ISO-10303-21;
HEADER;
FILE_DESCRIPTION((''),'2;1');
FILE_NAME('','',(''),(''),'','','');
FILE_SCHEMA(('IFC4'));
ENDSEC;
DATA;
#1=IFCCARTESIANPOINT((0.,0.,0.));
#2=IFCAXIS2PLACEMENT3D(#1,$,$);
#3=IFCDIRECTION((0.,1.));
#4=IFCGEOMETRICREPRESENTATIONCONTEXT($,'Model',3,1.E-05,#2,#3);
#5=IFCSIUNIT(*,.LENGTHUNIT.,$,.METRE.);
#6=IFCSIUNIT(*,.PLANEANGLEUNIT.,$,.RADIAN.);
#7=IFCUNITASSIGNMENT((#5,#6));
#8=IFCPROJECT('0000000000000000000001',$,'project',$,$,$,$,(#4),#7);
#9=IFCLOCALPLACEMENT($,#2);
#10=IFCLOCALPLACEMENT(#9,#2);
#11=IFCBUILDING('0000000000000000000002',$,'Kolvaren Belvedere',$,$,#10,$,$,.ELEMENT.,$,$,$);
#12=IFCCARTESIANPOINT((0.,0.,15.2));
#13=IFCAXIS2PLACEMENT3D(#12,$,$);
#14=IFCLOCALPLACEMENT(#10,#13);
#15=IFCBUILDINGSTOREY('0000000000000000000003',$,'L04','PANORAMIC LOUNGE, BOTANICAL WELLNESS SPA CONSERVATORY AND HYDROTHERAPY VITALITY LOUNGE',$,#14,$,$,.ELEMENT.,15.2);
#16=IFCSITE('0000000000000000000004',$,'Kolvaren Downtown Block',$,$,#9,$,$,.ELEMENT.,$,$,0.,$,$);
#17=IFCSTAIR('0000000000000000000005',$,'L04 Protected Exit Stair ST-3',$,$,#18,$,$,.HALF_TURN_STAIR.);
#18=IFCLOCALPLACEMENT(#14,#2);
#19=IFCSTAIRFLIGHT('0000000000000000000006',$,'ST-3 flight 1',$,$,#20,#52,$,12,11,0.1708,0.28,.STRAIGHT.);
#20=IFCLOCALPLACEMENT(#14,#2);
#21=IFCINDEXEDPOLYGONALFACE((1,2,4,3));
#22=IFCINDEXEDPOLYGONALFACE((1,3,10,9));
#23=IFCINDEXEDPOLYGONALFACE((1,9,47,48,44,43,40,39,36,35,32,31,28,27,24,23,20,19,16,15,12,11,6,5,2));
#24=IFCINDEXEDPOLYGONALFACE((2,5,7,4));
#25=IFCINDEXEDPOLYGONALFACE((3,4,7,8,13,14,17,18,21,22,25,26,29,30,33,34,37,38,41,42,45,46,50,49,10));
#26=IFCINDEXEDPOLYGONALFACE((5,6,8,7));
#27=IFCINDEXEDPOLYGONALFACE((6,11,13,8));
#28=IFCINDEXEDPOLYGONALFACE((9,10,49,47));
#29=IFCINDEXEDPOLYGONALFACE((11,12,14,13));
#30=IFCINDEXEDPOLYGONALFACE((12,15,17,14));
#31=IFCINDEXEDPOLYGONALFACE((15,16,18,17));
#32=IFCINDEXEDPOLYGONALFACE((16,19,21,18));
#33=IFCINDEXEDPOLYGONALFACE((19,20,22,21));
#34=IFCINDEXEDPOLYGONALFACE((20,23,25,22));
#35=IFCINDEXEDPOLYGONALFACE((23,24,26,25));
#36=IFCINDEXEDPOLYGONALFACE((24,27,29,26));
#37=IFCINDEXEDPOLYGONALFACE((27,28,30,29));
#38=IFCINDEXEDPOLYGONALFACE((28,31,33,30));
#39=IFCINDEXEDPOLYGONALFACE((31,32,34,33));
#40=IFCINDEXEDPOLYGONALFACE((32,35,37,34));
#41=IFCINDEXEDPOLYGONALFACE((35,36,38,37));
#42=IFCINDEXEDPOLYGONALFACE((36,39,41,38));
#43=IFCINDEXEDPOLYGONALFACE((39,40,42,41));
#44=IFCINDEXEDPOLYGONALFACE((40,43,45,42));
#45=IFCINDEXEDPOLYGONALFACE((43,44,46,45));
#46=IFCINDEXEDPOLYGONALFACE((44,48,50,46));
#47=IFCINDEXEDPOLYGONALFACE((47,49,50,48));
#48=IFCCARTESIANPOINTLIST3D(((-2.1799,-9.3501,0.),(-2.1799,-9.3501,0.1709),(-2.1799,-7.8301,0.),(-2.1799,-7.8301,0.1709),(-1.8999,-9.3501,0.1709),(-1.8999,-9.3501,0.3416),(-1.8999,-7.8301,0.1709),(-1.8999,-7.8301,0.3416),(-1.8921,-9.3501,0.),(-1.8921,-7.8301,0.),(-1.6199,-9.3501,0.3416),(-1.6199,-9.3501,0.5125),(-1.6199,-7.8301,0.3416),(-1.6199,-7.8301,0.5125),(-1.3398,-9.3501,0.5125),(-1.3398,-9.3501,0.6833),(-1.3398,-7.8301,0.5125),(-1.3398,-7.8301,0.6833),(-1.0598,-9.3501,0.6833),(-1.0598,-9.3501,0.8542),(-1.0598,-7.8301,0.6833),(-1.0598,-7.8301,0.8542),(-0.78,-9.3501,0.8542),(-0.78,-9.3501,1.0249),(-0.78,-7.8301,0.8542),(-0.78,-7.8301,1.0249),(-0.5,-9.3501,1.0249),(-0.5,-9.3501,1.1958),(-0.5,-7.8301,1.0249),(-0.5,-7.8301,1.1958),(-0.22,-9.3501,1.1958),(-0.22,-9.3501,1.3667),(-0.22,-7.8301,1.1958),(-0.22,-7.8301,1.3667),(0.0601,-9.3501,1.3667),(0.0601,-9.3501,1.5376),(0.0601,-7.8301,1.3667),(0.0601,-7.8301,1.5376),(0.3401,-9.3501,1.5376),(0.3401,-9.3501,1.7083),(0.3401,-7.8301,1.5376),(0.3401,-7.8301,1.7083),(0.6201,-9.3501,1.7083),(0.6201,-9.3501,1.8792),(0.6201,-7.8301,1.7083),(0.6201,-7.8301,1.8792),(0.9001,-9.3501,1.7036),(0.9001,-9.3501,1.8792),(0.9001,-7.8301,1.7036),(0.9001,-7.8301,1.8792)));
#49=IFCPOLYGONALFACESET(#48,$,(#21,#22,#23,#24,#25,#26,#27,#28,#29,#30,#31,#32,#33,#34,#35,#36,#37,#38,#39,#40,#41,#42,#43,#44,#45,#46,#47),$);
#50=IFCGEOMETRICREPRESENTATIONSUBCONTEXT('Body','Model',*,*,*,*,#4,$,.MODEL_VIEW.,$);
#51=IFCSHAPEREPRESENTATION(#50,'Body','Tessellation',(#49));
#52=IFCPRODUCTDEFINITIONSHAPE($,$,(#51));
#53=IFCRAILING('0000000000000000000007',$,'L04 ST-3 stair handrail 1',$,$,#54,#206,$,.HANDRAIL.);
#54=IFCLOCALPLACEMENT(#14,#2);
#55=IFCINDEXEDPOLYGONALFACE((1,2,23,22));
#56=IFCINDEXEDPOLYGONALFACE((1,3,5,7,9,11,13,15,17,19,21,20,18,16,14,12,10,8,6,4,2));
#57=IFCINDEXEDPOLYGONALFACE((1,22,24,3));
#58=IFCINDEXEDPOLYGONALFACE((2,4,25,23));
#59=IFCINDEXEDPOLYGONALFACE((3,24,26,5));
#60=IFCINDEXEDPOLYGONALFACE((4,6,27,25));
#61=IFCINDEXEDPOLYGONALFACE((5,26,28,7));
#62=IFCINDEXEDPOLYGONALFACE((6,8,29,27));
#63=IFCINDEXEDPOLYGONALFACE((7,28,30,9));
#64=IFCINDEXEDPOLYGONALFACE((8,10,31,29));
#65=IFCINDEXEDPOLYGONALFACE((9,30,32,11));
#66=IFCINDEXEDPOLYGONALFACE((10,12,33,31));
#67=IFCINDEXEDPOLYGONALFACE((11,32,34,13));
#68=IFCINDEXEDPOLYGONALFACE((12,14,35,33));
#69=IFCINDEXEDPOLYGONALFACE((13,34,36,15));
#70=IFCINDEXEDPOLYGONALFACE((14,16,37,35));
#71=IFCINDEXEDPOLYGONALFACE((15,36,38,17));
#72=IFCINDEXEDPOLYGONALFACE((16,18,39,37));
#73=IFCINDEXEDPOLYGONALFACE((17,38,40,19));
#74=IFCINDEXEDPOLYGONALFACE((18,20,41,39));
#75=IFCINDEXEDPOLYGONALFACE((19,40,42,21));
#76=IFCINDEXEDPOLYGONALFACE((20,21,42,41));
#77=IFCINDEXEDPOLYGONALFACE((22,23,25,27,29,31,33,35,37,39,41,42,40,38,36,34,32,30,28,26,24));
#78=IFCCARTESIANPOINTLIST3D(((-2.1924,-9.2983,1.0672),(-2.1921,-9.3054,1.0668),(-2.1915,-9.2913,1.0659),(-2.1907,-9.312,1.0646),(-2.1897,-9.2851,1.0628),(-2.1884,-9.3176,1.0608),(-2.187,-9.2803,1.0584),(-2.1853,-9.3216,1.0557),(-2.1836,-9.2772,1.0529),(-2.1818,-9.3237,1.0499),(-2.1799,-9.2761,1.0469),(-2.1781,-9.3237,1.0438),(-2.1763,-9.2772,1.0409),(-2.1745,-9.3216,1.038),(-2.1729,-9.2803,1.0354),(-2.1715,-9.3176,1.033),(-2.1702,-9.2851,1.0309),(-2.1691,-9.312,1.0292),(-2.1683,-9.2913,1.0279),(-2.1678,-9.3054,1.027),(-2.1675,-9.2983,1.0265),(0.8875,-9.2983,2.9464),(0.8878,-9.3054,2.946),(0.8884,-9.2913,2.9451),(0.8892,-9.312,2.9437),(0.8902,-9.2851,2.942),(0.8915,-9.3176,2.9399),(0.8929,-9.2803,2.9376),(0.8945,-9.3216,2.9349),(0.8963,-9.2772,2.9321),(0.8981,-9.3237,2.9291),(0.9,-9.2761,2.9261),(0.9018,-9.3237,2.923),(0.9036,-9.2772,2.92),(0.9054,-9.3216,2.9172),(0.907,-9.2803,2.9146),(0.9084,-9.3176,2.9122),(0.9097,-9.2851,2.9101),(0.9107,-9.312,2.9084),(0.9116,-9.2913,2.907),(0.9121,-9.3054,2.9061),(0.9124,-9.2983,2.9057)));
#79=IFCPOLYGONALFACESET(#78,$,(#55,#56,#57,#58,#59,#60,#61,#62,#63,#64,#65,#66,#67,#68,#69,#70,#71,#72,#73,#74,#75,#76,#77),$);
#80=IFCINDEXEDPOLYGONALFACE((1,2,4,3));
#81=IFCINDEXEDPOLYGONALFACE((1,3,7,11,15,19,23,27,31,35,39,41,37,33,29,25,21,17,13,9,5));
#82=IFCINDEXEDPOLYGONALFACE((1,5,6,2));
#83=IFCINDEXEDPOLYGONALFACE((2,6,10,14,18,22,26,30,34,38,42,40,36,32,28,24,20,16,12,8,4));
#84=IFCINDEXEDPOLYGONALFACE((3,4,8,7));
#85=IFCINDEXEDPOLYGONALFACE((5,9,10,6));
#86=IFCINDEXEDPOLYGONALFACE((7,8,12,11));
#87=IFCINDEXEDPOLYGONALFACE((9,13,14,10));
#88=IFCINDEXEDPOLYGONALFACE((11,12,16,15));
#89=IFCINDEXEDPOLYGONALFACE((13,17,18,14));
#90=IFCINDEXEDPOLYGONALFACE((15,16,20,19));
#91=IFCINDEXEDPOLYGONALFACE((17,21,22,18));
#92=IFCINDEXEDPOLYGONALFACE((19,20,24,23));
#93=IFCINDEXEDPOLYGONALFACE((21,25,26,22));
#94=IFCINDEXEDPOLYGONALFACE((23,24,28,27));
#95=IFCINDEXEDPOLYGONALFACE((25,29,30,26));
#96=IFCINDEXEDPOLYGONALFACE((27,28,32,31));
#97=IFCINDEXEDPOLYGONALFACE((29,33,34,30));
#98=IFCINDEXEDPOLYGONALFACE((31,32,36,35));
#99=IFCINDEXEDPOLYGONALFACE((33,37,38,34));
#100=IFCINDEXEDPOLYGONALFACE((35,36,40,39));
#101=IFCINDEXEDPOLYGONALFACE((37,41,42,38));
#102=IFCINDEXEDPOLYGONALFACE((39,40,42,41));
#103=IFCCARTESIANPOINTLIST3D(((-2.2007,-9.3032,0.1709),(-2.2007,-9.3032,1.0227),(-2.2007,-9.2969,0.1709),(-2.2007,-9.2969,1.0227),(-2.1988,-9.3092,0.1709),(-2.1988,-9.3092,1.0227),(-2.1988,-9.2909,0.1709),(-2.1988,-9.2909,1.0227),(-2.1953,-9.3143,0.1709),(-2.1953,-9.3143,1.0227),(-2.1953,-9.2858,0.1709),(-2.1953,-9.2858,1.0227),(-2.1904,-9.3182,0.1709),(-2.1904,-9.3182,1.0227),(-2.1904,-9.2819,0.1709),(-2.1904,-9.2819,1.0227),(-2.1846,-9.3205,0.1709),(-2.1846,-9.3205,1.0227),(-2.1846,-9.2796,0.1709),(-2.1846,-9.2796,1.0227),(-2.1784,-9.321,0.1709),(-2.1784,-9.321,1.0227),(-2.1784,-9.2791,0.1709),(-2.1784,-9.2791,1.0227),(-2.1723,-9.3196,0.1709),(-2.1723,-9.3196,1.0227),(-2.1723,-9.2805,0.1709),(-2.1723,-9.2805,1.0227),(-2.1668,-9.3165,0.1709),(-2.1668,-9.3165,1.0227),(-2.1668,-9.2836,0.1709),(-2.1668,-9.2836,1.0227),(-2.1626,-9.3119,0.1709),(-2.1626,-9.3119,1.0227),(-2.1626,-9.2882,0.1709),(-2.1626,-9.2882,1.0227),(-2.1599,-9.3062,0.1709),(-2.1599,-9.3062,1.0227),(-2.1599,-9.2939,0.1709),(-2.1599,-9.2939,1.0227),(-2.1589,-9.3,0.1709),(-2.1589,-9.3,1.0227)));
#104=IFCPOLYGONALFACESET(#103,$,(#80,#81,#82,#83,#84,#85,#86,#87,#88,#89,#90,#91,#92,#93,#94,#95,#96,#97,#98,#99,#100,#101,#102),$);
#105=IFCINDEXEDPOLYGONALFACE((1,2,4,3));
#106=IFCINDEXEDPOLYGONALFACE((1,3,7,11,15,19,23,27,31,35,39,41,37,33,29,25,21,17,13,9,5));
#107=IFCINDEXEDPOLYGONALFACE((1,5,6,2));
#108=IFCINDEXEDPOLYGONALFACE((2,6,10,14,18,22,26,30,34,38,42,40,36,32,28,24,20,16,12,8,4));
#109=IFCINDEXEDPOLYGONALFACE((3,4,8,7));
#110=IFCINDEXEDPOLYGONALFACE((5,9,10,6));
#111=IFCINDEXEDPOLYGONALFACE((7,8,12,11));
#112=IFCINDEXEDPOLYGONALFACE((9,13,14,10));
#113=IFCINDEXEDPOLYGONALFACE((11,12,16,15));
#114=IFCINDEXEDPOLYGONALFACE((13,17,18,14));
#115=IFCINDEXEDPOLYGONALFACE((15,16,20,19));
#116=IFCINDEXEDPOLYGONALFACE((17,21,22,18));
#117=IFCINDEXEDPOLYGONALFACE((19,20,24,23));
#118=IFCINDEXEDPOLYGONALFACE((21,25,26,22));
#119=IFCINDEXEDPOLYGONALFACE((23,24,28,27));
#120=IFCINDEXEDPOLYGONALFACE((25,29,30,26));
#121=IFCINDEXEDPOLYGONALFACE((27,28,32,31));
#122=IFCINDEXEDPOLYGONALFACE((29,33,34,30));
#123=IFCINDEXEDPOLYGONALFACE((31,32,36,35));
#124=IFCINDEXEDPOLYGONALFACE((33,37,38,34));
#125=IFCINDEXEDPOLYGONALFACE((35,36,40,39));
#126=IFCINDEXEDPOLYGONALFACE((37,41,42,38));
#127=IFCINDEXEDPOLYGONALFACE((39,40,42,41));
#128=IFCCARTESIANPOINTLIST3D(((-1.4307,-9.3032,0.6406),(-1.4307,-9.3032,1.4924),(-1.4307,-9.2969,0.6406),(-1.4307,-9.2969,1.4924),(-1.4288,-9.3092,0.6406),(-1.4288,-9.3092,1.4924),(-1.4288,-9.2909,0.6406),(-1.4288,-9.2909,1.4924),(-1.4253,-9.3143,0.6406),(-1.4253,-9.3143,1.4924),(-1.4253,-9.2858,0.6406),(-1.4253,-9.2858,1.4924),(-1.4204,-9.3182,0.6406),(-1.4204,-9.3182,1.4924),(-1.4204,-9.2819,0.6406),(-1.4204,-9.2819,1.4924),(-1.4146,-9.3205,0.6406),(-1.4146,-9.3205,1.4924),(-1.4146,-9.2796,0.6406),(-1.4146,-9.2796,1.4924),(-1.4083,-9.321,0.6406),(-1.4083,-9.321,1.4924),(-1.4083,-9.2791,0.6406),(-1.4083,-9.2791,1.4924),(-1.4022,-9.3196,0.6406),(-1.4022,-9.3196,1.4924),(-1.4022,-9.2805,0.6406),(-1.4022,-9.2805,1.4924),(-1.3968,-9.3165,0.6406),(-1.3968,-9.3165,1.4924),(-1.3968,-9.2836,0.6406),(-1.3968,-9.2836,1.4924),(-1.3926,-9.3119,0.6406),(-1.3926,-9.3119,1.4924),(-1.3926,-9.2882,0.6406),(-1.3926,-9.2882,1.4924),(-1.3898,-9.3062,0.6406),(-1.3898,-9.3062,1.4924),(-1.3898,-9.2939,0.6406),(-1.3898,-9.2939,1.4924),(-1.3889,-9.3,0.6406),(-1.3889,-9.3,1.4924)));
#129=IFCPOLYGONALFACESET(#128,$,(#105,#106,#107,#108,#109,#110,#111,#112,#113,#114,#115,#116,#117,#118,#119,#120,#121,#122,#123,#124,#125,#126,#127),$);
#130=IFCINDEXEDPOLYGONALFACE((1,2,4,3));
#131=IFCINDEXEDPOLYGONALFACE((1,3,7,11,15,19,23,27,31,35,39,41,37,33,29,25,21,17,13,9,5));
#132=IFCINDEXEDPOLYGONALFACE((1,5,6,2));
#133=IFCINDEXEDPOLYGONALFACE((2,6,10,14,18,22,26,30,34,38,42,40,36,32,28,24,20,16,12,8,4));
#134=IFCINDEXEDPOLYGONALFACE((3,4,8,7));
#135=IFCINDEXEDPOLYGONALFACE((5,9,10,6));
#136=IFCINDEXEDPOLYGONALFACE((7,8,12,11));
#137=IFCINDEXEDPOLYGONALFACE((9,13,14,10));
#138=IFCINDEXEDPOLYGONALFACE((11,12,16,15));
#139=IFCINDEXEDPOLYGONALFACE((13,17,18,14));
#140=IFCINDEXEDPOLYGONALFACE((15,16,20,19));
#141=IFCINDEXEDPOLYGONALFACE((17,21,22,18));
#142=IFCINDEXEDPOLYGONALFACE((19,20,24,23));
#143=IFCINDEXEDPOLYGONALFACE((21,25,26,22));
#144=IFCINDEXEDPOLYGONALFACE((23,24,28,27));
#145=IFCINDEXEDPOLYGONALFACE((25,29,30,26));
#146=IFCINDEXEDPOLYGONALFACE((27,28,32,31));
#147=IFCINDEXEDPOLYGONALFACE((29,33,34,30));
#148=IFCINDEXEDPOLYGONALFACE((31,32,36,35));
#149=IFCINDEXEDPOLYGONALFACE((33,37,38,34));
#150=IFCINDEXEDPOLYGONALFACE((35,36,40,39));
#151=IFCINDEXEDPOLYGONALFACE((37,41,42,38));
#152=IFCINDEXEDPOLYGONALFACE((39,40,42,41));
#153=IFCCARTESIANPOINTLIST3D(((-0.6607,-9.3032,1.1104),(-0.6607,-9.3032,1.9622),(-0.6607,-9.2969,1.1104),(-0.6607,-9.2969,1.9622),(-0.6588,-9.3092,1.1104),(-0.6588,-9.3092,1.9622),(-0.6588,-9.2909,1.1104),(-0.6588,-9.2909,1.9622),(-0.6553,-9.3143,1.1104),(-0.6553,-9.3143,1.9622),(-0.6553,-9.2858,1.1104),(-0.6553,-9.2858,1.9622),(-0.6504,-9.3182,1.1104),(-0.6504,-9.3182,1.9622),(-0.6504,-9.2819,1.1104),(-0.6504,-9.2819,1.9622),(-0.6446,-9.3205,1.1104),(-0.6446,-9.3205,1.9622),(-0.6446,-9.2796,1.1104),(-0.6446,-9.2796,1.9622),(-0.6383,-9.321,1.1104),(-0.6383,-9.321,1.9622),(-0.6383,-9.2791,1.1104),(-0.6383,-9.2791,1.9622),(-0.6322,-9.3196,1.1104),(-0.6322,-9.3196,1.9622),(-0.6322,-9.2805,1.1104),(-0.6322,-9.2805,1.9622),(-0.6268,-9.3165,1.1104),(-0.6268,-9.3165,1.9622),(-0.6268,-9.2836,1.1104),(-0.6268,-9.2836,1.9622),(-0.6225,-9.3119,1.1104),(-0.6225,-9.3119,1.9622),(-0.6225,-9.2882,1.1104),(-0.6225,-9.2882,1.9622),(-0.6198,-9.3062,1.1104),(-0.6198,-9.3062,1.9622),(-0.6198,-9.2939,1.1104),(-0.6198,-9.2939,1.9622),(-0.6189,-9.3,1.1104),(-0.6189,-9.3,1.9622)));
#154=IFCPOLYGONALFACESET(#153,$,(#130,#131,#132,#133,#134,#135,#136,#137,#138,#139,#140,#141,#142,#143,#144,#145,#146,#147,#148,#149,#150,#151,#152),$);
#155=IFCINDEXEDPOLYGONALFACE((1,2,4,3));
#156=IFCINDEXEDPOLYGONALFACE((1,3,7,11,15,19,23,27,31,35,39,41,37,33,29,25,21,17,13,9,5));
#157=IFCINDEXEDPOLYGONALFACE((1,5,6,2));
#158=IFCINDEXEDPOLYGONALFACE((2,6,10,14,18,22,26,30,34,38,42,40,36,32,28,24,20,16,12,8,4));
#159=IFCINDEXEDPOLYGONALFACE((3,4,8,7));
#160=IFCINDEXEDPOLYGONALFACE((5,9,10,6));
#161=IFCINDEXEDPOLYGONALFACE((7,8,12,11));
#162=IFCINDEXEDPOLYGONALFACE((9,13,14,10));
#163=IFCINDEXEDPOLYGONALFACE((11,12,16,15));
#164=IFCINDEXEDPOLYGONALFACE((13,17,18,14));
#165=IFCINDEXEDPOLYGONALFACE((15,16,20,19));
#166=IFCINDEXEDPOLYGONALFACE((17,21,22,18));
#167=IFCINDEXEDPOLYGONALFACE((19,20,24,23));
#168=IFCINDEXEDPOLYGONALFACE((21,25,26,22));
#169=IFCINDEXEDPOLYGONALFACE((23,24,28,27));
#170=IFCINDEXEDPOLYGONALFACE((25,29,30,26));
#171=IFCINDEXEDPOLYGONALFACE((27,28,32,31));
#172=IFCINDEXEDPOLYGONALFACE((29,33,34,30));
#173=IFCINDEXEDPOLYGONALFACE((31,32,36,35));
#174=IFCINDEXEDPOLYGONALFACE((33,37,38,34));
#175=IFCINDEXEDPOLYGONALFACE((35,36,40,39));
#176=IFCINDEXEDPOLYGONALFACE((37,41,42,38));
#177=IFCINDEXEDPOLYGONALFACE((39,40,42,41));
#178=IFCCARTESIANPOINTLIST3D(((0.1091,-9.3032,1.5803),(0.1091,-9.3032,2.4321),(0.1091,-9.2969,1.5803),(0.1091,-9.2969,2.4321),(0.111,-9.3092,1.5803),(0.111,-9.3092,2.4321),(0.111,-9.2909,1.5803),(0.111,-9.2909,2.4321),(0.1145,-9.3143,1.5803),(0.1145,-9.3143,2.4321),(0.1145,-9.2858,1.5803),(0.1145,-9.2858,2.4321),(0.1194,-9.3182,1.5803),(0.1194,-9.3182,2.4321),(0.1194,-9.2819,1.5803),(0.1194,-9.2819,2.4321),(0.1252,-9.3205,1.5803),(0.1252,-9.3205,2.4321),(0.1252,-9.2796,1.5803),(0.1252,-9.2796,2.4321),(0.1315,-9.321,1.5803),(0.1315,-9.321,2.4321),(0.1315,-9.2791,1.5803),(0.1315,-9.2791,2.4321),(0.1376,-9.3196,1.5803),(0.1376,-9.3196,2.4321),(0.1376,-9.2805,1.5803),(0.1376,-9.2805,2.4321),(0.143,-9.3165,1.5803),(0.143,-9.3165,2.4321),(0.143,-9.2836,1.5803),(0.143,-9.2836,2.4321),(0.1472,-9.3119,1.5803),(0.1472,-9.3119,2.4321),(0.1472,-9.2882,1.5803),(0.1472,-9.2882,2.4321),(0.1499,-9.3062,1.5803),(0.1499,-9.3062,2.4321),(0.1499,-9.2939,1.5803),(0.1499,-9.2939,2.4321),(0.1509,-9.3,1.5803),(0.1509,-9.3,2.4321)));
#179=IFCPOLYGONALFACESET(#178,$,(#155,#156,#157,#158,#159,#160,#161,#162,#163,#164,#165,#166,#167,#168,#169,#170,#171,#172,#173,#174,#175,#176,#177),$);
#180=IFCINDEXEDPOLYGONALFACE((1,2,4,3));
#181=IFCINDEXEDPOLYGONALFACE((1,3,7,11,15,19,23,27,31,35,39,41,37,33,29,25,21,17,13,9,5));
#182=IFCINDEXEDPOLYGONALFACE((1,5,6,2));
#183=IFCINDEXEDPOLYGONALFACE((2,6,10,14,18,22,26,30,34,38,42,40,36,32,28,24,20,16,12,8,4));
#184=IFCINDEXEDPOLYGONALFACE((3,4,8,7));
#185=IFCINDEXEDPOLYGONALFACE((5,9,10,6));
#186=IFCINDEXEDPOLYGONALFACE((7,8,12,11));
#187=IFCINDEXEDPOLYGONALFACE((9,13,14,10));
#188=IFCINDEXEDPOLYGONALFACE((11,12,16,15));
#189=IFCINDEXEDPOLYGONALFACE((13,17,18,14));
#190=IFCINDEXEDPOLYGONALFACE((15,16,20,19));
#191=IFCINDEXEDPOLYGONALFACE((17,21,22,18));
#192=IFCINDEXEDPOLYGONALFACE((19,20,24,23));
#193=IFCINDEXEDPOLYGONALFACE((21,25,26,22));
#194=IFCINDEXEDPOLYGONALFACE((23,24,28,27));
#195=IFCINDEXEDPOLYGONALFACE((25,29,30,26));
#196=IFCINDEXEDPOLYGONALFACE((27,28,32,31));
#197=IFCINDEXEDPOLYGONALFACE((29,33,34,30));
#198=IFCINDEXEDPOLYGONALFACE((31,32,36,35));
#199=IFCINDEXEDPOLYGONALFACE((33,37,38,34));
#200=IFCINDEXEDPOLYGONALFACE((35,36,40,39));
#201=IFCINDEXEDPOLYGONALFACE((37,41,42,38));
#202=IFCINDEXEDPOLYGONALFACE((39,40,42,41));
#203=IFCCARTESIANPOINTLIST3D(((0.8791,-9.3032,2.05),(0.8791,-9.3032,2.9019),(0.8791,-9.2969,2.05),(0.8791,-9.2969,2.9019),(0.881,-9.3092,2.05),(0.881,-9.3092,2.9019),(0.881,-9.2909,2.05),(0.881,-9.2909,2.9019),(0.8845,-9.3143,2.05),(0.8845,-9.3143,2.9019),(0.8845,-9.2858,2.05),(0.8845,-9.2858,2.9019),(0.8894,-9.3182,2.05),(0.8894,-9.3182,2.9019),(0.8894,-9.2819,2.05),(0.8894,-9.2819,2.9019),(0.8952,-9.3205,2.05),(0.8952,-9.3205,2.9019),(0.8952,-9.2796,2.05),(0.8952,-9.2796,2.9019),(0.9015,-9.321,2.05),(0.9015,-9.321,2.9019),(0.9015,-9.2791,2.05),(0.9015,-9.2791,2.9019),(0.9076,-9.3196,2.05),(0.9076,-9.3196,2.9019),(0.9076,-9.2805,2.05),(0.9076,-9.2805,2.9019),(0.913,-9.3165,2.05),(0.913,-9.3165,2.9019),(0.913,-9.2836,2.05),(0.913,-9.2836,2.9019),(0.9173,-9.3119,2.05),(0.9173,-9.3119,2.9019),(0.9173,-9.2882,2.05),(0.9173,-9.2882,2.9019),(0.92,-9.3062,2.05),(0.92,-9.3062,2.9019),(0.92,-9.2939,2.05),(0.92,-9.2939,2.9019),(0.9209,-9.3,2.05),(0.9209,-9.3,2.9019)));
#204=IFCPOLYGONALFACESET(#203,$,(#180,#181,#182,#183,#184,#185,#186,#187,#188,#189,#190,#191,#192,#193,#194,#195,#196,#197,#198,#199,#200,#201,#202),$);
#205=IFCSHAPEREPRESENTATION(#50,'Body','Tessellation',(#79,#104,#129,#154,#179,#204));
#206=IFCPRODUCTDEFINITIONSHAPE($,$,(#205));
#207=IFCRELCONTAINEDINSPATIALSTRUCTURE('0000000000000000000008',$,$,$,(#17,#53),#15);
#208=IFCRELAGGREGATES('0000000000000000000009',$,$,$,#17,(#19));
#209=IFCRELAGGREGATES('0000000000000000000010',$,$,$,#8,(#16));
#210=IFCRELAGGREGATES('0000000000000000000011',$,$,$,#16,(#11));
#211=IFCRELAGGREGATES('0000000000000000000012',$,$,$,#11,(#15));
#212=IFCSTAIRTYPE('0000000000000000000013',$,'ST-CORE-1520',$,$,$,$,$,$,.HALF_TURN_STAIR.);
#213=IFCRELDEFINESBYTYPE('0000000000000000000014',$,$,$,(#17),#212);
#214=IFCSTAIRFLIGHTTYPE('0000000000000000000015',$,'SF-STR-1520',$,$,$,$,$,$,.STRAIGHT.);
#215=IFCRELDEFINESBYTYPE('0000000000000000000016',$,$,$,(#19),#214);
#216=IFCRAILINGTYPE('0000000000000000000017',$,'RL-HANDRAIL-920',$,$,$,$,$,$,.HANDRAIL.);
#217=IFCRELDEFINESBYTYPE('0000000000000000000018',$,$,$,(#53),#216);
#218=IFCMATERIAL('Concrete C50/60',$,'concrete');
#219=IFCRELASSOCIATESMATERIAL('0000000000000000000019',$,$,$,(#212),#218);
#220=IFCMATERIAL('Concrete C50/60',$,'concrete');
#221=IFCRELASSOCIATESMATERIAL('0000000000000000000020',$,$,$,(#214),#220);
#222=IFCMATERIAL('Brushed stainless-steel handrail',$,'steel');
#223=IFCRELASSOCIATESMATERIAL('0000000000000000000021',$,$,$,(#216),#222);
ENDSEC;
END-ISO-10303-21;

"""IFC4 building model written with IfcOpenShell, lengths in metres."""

from ifc_helpers import new_model, si_unit, direction, frame, origin, origin_2d, place, context, subcontext, project, spatial, polyline, circle, outline, extrude, material, type_object, element, aggregate, save


model = new_model("IFC4")

# Units and contexts
model_context = context("Model", 3, precision=1e-05, world=origin(), true_north=direction((0.0, 1.0)))
body_context = subcontext(model_context, "Body", "Model", "MODEL_VIEW")
ifc_project = project(units=[si_unit("LENGTHUNIT", "METRE"), si_unit("PLANEANGLEUNIT", "RADIAN")], contexts=[model_context])

# Site, building, storey
site_placement = place(None, origin())
site = spatial("IfcSite", under=ifc_project, at=site_placement, Name="Kolvaren Downtown Block", CompositionType="ELEMENT", RefElevation=0.0)
building_placement = place(site_placement, origin())
building = spatial("IfcBuilding", under=site, at=building_placement, Name="Kolvaren Belvedere", CompositionType="ELEMENT")
storey_placement = place(building_placement, frame((0.0, 0.0, 15.2)))
storey = spatial("IfcBuildingStorey", under=building, at=storey_placement, Name="L04", Description="PANORAMIC LOUNGE, BOTANICAL WELLNESS SPA CONSERVATORY AND HYDROTHERAPY VITALITY LOUNGE", CompositionType="ELEMENT", Elevation=15.2)

# Stair, stair flight
ifc_material_1 = material(Name="Concrete C50/60", Category="concrete")
stair_type = type_object("IfcStairType", Name="ST-CORE-1520", PredefinedType="HALF_TURN_STAIR", material=ifc_material_1)
stair_placement = place(storey_placement, origin())
stair = element("IfcStair", 1, at=stair_placement, inside=storey, type_object=stair_type, Name="L04 Protected Exit Stair ST-3", PredefinedType="HALF_TURN_STAIR")
ifc_material_2 = material(Name="Concrete C50/60", Category="concrete")
stair_flight_type = type_object("IfcStairFlightType", Name="SF-STR-1520", PredefinedType="STRAIGHT", material=ifc_material_2)
stair_flight_placement = place(storey_placement, frame((-2.1799, -8.5901, 0.0), z_axis=(0.0, 0.0, 1.0), x_axis=(1.0, 0.0, 0.0)))
stair_flight = element("IfcStairFlight", 2, at=stair_flight_placement, type_object=stair_flight_type, Name="ST-3 flight 1", NumberOfRisers=12, NumberOfTreads=11, PredefinedType="STRAIGHT", RiserHeight=0.1708, TreadLength=0.28, context=body_context, shape_type="SweptSolid", body=[
    extrude(outline(polyline([(0.0, 0.0), (0.0, 0.1709), (0.28, 0.1709), (0.28, 0.3416), (0.5601, 0.3416), (0.5601, 0.5125), (0.8401, 0.5125), (0.8401, 0.6833), (1.1201, 0.6833), (1.1201, 0.8542), (1.3999, 0.8542), (1.3999, 1.0249), (1.6799, 1.0249), (1.6799, 1.1958), (1.96, 1.1958), (1.96, 1.3667), (2.24, 1.3667), (2.24, 1.5376), (2.52, 1.5376), (2.52, 1.7083), (2.8, 1.7083), (2.8, 1.8792), (3.0801, 1.8792), (3.0801, 2.05), (3.0801, 1.7036), (0.2878, 0.0), (0.0, 0.0)])), frame((0.0, 0.76, 0.0), z_axis=(0.0, -1.0, 0.0), x_axis=(1.0, 0.0, 0.0)), (0.0, 0.0, 1.0), 1.52),
])
aggregate(stair, [stair_flight])

# Railing
ifc_material_3 = material(Name="Brushed stainless-steel handrail", Category="steel")
railing_type_1 = type_object("IfcRailingType", Name="RL-HANDRAIL-920", PredefinedType="HANDRAIL", material=ifc_material_3)
railing_1_placement = place(storey_placement, frame((-2.1799, -9.3, 0.1709)))
element("IfcRailing", 3, at=railing_1_placement, inside=storey, type_object=railing_type_1, Name="L04 ST-3 stair handrail 1", PredefinedType="HANDRAIL", context=body_context, shape_type="SweptSolid", body=[
    extrude(circle(Radius=0.0239, at=origin_2d()), frame((0.0, 0.0, 0.876), z_axis=(0.853648, 0.0, 0.52085), x_axis=(0.0, 1.0, 0.0)), (0.0, 0.0, 1.0), 3.6079),
    extrude(circle(Radius=0.021, at=origin_2d()), origin(), (0.0, 0.0, 1.0), 0.8518),
    extrude(circle(Radius=0.021, at=origin_2d()), frame((0.77, 0.0, 0.4697)), (0.0, 0.0, 1.0), 0.8518),
    extrude(circle(Radius=0.021, at=origin_2d()), frame((1.54, 0.0, 0.9395)), (0.0, 0.0, 1.0), 0.8518),
    extrude(circle(Radius=0.021, at=origin_2d()), frame((2.3098, 0.0, 1.4094)), (0.0, 0.0, 1.0), 0.8518),
    extrude(circle(Radius=0.021, at=origin_2d()), frame((3.0798, 0.0, 1.8792)), (0.0, 0.0, 1.0), 0.8518),
])

save(model, "model.ifc")
